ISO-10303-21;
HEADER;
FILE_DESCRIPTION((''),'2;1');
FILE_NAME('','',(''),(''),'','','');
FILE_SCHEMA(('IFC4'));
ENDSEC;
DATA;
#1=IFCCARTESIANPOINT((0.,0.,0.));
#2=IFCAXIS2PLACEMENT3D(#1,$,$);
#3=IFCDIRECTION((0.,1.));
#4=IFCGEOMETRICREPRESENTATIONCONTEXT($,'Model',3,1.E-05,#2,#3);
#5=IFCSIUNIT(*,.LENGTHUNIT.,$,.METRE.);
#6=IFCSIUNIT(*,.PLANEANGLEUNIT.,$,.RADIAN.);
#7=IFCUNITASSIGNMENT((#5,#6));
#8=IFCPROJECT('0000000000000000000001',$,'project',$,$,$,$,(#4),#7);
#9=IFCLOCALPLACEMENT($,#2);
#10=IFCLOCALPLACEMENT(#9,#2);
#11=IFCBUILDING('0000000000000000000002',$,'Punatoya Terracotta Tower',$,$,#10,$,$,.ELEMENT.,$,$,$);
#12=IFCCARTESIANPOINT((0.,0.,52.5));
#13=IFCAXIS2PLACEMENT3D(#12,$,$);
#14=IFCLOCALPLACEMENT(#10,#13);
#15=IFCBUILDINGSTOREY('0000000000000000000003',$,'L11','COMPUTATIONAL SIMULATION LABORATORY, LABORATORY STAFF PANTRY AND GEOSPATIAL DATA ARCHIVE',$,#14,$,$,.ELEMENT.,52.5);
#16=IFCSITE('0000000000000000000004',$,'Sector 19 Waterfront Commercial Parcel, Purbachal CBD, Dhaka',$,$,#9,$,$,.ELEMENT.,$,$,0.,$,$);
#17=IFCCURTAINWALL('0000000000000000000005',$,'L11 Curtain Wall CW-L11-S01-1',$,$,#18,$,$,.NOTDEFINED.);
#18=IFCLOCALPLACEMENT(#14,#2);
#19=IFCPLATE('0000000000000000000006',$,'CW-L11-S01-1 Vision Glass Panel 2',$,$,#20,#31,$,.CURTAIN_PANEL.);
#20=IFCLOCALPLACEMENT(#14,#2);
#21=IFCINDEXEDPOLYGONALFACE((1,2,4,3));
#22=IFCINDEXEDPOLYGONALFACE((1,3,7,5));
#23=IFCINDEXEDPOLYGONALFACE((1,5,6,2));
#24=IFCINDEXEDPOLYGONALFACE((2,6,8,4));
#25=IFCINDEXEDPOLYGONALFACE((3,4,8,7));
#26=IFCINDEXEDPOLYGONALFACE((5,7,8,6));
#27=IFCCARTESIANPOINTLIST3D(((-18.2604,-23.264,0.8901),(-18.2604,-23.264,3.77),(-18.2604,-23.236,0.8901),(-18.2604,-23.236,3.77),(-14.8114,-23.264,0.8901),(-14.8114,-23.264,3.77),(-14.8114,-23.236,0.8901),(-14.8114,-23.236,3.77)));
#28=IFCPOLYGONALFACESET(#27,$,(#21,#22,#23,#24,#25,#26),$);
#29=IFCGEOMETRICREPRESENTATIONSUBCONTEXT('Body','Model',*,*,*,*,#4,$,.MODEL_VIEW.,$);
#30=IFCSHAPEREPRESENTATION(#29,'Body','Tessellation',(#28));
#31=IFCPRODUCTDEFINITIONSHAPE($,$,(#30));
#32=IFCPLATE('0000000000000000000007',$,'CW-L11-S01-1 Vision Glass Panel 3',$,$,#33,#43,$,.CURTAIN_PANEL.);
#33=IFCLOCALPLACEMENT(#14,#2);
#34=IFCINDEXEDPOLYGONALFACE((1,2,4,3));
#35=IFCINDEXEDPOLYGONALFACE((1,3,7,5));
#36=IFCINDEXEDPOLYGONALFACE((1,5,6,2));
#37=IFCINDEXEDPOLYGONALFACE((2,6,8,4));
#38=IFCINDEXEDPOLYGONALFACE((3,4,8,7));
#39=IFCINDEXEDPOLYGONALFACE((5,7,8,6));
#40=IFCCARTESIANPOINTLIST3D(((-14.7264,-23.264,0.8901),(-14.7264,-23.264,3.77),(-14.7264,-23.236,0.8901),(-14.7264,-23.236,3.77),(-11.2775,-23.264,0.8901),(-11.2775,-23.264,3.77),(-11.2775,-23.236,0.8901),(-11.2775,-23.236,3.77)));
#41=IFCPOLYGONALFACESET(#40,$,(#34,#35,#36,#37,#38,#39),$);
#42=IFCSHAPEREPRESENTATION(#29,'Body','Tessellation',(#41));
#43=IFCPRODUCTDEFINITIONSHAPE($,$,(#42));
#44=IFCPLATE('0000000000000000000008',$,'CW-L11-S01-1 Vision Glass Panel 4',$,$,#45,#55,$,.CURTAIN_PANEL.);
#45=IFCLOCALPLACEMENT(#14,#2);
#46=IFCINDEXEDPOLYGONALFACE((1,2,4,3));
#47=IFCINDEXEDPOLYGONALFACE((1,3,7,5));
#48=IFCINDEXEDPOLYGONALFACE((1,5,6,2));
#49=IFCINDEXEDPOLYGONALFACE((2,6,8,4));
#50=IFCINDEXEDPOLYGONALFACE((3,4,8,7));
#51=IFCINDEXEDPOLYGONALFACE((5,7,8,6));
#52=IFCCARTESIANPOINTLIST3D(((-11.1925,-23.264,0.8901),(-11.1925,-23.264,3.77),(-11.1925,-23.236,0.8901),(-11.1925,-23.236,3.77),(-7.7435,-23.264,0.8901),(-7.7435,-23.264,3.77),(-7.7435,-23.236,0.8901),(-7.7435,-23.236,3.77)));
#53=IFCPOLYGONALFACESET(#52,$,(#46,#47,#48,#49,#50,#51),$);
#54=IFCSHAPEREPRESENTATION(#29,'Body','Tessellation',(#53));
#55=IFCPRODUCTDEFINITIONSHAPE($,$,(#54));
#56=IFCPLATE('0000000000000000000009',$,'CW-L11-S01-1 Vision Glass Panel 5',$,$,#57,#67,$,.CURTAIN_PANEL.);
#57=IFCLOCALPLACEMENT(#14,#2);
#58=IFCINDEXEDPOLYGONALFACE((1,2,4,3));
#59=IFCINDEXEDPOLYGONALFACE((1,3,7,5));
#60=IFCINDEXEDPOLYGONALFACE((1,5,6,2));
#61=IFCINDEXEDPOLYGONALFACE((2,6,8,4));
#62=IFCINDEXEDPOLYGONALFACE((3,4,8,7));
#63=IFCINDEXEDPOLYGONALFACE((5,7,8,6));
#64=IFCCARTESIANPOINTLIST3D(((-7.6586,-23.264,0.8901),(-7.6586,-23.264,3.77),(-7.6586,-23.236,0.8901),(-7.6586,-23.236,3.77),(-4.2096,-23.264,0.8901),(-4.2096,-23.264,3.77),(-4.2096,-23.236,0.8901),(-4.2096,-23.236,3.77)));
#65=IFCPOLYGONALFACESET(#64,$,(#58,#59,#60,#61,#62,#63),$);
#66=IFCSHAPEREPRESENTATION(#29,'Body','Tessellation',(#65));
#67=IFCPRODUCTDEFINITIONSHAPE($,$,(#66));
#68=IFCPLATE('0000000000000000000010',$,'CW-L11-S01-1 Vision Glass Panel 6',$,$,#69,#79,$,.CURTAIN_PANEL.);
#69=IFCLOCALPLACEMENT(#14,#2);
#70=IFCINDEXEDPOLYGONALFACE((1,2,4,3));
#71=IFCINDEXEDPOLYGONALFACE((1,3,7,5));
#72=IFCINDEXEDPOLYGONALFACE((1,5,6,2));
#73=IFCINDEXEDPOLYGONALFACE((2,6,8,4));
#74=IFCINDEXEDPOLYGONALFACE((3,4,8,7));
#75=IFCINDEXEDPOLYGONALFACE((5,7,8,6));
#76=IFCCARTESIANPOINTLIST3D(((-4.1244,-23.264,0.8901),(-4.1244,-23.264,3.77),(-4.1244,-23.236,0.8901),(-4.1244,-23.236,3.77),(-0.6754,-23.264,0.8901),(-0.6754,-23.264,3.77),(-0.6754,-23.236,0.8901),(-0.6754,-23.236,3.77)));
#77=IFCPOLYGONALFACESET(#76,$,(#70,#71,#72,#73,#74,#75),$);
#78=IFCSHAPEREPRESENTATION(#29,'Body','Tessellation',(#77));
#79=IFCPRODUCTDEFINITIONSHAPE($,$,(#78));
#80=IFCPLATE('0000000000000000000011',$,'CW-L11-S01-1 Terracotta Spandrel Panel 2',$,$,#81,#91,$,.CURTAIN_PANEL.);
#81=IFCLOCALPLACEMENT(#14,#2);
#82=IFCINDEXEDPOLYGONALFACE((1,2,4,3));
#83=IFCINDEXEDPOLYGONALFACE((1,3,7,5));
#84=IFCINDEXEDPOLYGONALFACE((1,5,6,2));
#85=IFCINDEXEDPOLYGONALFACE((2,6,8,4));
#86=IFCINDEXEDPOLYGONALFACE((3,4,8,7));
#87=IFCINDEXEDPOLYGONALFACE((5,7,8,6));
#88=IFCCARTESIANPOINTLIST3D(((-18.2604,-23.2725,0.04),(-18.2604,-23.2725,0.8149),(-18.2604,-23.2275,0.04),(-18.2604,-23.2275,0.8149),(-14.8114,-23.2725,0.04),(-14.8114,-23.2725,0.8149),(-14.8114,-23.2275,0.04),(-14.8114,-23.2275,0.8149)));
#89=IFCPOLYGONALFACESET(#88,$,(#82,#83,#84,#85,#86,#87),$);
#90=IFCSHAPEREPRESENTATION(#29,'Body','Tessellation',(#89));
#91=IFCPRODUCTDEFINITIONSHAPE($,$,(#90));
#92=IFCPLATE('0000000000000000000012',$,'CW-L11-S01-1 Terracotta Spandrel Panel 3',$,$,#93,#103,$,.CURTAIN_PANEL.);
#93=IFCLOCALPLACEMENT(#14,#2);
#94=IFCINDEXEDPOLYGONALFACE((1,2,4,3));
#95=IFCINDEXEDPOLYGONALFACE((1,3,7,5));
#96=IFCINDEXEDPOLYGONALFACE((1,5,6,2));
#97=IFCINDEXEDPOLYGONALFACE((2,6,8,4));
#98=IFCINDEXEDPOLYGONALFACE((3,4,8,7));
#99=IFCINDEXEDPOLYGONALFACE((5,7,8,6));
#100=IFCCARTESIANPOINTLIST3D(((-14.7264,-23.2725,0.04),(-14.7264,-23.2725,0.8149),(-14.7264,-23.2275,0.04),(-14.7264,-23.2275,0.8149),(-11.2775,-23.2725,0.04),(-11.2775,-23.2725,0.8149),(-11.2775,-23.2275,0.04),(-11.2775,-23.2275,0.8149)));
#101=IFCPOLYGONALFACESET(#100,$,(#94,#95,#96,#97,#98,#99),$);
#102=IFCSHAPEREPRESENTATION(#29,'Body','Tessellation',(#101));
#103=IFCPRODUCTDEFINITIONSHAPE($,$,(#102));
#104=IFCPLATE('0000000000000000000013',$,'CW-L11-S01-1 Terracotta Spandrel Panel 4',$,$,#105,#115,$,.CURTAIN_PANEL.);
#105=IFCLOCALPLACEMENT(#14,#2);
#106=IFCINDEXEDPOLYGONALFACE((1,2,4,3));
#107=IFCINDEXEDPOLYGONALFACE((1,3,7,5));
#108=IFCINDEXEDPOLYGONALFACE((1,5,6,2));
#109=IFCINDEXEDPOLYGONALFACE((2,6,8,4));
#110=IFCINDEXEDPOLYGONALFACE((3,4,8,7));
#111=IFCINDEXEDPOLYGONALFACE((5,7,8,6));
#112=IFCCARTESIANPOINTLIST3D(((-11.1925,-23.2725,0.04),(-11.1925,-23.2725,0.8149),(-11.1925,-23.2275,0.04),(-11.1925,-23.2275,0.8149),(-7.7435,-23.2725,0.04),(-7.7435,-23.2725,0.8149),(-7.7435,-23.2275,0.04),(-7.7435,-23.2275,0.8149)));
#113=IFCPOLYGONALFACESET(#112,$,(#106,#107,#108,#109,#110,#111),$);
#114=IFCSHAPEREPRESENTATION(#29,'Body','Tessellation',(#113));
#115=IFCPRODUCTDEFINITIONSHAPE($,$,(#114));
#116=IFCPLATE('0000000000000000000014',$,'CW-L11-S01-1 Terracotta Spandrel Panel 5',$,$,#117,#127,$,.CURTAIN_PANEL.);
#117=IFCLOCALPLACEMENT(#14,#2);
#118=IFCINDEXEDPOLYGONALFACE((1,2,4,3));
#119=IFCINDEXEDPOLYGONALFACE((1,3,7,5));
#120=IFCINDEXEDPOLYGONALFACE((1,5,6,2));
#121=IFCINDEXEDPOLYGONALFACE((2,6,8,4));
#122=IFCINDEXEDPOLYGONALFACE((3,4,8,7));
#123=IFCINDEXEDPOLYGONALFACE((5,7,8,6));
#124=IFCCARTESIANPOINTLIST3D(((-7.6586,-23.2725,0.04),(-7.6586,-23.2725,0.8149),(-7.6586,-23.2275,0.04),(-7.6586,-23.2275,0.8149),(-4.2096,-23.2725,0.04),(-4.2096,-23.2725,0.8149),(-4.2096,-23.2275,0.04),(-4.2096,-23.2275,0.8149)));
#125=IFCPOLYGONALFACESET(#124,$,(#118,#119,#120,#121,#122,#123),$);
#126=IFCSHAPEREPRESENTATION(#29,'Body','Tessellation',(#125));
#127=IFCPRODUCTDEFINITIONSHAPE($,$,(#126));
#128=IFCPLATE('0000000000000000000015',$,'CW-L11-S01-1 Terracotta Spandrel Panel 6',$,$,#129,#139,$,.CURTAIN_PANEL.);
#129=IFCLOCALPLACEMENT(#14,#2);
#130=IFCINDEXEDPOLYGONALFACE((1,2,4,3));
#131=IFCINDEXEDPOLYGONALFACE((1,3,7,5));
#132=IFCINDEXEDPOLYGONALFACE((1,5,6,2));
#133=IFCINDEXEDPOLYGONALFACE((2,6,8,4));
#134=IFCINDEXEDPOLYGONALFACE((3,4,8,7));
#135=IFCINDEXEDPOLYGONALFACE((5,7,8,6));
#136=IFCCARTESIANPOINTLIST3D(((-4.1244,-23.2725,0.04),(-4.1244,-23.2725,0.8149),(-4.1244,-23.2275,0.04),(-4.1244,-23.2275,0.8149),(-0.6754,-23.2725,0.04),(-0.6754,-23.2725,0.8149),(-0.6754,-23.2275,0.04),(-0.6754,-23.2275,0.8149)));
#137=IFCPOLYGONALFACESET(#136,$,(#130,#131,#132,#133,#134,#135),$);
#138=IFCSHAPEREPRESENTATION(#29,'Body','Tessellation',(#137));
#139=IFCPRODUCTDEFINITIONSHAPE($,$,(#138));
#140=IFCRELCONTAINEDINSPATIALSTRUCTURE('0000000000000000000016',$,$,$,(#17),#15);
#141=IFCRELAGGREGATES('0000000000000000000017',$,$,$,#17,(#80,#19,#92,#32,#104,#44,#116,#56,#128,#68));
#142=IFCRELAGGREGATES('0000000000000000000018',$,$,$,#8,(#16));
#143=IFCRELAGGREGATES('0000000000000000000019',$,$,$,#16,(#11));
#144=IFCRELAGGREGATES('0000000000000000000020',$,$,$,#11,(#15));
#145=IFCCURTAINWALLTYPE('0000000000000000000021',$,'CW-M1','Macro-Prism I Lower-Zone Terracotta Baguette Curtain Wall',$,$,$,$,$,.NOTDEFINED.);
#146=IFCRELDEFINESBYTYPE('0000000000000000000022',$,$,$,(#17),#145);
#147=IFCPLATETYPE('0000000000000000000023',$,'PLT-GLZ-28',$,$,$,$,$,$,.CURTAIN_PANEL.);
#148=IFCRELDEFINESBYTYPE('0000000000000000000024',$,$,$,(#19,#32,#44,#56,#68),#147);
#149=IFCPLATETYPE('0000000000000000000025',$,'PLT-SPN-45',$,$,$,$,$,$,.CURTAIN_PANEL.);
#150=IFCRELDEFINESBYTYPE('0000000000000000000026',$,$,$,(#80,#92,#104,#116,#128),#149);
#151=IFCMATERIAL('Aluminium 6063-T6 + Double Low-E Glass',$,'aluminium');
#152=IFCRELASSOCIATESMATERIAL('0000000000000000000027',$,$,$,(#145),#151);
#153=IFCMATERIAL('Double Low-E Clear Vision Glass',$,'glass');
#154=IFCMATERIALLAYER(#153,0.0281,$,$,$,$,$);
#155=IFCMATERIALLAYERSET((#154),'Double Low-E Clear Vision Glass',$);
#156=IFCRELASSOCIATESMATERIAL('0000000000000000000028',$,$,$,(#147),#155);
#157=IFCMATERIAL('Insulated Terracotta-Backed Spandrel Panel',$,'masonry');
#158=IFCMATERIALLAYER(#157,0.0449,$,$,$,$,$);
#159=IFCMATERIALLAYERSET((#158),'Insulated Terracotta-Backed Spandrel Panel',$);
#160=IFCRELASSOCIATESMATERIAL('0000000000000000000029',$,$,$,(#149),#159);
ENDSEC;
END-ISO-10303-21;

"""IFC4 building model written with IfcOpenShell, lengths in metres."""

from ifc_helpers import new_model, si_unit, direction, frame, origin, origin_2d, place, context, subcontext, project, spatial, rectangle, extrude, material, layer, layer_set, type_object, element, aggregate, save


model = new_model("IFC4")

# Units and contexts
model_context = context("Model", 3, precision=1e-05, world=origin(), true_north=direction((0.0, 1.0)))
body_context = subcontext(model_context, "Body", "Model", "MODEL_VIEW")
ifc_project = project(units=[si_unit("LENGTHUNIT", "METRE"), si_unit("PLANEANGLEUNIT", "RADIAN")], contexts=[model_context])

# Site, building, storey
site_placement = place(None, origin())
site = spatial("IfcSite", under=ifc_project, at=site_placement, Name="Sector 19 Waterfront Commercial Parcel, Purbachal CBD, Dhaka", CompositionType="ELEMENT", RefElevation=0.0)
building_placement = place(site_placement, origin())
building = spatial("IfcBuilding", under=site, at=building_placement, Name="Punatoya Terracotta Tower", CompositionType="ELEMENT")
storey_placement = place(building_placement, frame((0.0, 0.0, 52.5)))
storey = spatial("IfcBuildingStorey", under=building, at=storey_placement, Name="L11", Description="COMPUTATIONAL SIMULATION LABORATORY, LABORATORY STAFF PANTRY AND GEOSPATIAL DATA ARCHIVE", CompositionType="ELEMENT", Elevation=52.5)

# Curtain wall, plates
ifc_material_1 = material(Name="Aluminium 6063-T6 + Double Low-E Glass", Category="aluminium")
curtain_wall_type = type_object("IfcCurtainWallType", Name="CW-M1", Description="Macro-Prism I Lower-Zone Terracotta Baguette Curtain Wall", PredefinedType="NOTDEFINED", material=ifc_material_1)
curtain_wall_placement = place(storey_placement, origin())
curtain_wall = element("IfcCurtainWall", 1, at=curtain_wall_placement, inside=storey, type_object=curtain_wall_type, Name="L11 Curtain Wall CW-L11-S01-1", PredefinedType="NOTDEFINED")
ifc_material_2 = material(Name="Double Low-E Clear Vision Glass", Category="glass")
ifc_layer_1 = layer(ifc_material_2, 0.0281)
ifc_layer_set_1 = layer_set([ifc_layer_1], Name="Double Low-E Clear Vision Glass")
plate_type_1 = type_object("IfcPlateType", Name="PLT-GLZ-28", PredefinedType="CURTAIN_PANEL", material=ifc_layer_set_1)
plate_1_placement = place(storey_placement, frame((-16.5359, -23.25, 0.8901), z_axis=(0.0, 0.0, 1.0), x_axis=(1.0, 0.0, 0.0)))
plate_1 = element("IfcPlate", 2, at=plate_1_placement, type_object=plate_type_1, Name="CW-L11-S01-1 Vision Glass Panel 2", PredefinedType="CURTAIN_PANEL", context=body_context, shape_type="SweptSolid", body=[
    extrude(rectangle(XDim=3.449, YDim=0.0281, at=origin_2d()), origin(), (0.0, 0.0, 1.0), 2.8799),
])
plate_2_placement = place(storey_placement, frame((-13.002, -23.25, 0.8901), z_axis=(0.0, 0.0, 1.0), x_axis=(1.0, 0.0, 0.0)))
plate_2 = element("IfcPlate", 3, at=plate_2_placement, type_object=plate_type_1, Name="CW-L11-S01-1 Vision Glass Panel 3", PredefinedType="CURTAIN_PANEL", context=body_context, shape_type="SweptSolid", body=[
    extrude(rectangle(XDim=3.449, YDim=0.0281, at=origin_2d()), origin(), (0.0, 0.0, 1.0), 2.8799),
])
plate_3_placement = place(storey_placement, frame((-9.468, -23.25, 0.8901), z_axis=(0.0, 0.0, 1.0), x_axis=(1.0, 0.0, 0.0)))
plate_3 = element("IfcPlate", 4, at=plate_3_placement, type_object=plate_type_1, Name="CW-L11-S01-1 Vision Glass Panel 4", PredefinedType="CURTAIN_PANEL", context=body_context, shape_type="SweptSolid", body=[
    extrude(rectangle(XDim=3.449, YDim=0.0281, at=origin_2d()), origin(), (0.0, 0.0, 1.0), 2.8799),
])
plate_4_placement = place(storey_placement, frame((-5.9341, -23.25, 0.8901), z_axis=(0.0, 0.0, 1.0), x_axis=(1.0, 0.0, 0.0)))
plate_4 = element("IfcPlate", 5, at=plate_4_placement, type_object=plate_type_1, Name="CW-L11-S01-1 Vision Glass Panel 5", PredefinedType="CURTAIN_PANEL", context=body_context, shape_type="SweptSolid", body=[
    extrude(rectangle(XDim=3.449, YDim=0.0281, at=origin_2d()), origin(), (0.0, 0.0, 1.0), 2.8799),
])
plate_5_placement = place(storey_placement, frame((-2.3999, -23.25, 0.8901), z_axis=(0.0, 0.0, 1.0), x_axis=(1.0, 0.0, 0.0)))
plate_5 = element("IfcPlate", 6, at=plate_5_placement, type_object=plate_type_1, Name="CW-L11-S01-1 Vision Glass Panel 6", PredefinedType="CURTAIN_PANEL", context=body_context, shape_type="SweptSolid", body=[
    extrude(rectangle(XDim=3.449, YDim=0.0281, at=origin_2d()), origin(), (0.0, 0.0, 1.0), 2.8799),
])
ifc_material_3 = material(Name="Insulated Terracotta-Backed Spandrel Panel", Category="masonry")
ifc_layer_2 = layer(ifc_material_3, 0.0449)
ifc_layer_set_2 = layer_set([ifc_layer_2], Name="Insulated Terracotta-Backed Spandrel Panel")
plate_type_2 = type_object("IfcPlateType", Name="PLT-SPN-45", PredefinedType="CURTAIN_PANEL", material=ifc_layer_set_2)
plate_6_placement = place(storey_placement, frame((-16.5359, -23.25, 0.04), z_axis=(0.0, 0.0, 1.0), x_axis=(1.0, 0.0, 0.0)))
plate_6 = element("IfcPlate", 7, at=plate_6_placement, type_object=plate_type_2, Name="CW-L11-S01-1 Terracotta Spandrel Panel 2", PredefinedType="CURTAIN_PANEL", context=body_context, shape_type="SweptSolid", body=[
    extrude(rectangle(XDim=3.449, YDim=0.0449, at=origin_2d()), origin(), (0.0, 0.0, 1.0), 0.7749),
])
plate_7_placement = place(storey_placement, frame((-13.002, -23.25, 0.04), z_axis=(0.0, 0.0, 1.0), x_axis=(1.0, 0.0, 0.0)))
plate_7 = element("IfcPlate", 8, at=plate_7_placement, type_object=plate_type_2, Name="CW-L11-S01-1 Terracotta Spandrel Panel 3", PredefinedType="CURTAIN_PANEL", context=body_context, shape_type="SweptSolid", body=[
    extrude(rectangle(XDim=3.449, YDim=0.0449, at=origin_2d()), origin(), (0.0, 0.0, 1.0), 0.7749),
])
plate_8_placement = place(storey_placement, frame((-9.468, -23.25, 0.04), z_axis=(0.0, 0.0, 1.0), x_axis=(1.0, 0.0, 0.0)))
plate_8 = element("IfcPlate", 9, at=plate_8_placement, type_object=plate_type_2, Name="CW-L11-S01-1 Terracotta Spandrel Panel 4", PredefinedType="CURTAIN_PANEL", context=body_context, shape_type="SweptSolid", body=[
    extrude(rectangle(XDim=3.449, YDim=0.0449, at=origin_2d()), origin(), (0.0, 0.0, 1.0), 0.7749),
])
plate_9_placement = place(storey_placement, frame((-5.9341, -23.25, 0.04), z_axis=(0.0, 0.0, 1.0), x_axis=(1.0, 0.0, 0.0)))
plate_9 = element("IfcPlate", 10, at=plate_9_placement, type_object=plate_type_2, Name="CW-L11-S01-1 Terracotta Spandrel Panel 5", PredefinedType="CURTAIN_PANEL", context=body_context, shape_type="SweptSolid", body=[
    extrude(rectangle(XDim=3.449, YDim=0.0449, at=origin_2d()), origin(), (0.0, 0.0, 1.0), 0.7749),
])
plate_10_placement = place(storey_placement, frame((-2.3999, -23.25, 0.04), z_axis=(0.0, 0.0, 1.0), x_axis=(1.0, 0.0, 0.0)))
plate_10 = element("IfcPlate", 11, at=plate_10_placement, type_object=plate_type_2, Name="CW-L11-S01-1 Terracotta Spandrel Panel 6", PredefinedType="CURTAIN_PANEL", context=body_context, shape_type="SweptSolid", body=[
    extrude(rectangle(XDim=3.449, YDim=0.0449, at=origin_2d()), origin(), (0.0, 0.0, 1.0), 0.7749),
])
aggregate(curtain_wall, [plate_6, plate_1, plate_7, plate_2, plate_8, plate_3, plate_9, plate_4, plate_10, plate_5])

save(model, "model.ifc")
